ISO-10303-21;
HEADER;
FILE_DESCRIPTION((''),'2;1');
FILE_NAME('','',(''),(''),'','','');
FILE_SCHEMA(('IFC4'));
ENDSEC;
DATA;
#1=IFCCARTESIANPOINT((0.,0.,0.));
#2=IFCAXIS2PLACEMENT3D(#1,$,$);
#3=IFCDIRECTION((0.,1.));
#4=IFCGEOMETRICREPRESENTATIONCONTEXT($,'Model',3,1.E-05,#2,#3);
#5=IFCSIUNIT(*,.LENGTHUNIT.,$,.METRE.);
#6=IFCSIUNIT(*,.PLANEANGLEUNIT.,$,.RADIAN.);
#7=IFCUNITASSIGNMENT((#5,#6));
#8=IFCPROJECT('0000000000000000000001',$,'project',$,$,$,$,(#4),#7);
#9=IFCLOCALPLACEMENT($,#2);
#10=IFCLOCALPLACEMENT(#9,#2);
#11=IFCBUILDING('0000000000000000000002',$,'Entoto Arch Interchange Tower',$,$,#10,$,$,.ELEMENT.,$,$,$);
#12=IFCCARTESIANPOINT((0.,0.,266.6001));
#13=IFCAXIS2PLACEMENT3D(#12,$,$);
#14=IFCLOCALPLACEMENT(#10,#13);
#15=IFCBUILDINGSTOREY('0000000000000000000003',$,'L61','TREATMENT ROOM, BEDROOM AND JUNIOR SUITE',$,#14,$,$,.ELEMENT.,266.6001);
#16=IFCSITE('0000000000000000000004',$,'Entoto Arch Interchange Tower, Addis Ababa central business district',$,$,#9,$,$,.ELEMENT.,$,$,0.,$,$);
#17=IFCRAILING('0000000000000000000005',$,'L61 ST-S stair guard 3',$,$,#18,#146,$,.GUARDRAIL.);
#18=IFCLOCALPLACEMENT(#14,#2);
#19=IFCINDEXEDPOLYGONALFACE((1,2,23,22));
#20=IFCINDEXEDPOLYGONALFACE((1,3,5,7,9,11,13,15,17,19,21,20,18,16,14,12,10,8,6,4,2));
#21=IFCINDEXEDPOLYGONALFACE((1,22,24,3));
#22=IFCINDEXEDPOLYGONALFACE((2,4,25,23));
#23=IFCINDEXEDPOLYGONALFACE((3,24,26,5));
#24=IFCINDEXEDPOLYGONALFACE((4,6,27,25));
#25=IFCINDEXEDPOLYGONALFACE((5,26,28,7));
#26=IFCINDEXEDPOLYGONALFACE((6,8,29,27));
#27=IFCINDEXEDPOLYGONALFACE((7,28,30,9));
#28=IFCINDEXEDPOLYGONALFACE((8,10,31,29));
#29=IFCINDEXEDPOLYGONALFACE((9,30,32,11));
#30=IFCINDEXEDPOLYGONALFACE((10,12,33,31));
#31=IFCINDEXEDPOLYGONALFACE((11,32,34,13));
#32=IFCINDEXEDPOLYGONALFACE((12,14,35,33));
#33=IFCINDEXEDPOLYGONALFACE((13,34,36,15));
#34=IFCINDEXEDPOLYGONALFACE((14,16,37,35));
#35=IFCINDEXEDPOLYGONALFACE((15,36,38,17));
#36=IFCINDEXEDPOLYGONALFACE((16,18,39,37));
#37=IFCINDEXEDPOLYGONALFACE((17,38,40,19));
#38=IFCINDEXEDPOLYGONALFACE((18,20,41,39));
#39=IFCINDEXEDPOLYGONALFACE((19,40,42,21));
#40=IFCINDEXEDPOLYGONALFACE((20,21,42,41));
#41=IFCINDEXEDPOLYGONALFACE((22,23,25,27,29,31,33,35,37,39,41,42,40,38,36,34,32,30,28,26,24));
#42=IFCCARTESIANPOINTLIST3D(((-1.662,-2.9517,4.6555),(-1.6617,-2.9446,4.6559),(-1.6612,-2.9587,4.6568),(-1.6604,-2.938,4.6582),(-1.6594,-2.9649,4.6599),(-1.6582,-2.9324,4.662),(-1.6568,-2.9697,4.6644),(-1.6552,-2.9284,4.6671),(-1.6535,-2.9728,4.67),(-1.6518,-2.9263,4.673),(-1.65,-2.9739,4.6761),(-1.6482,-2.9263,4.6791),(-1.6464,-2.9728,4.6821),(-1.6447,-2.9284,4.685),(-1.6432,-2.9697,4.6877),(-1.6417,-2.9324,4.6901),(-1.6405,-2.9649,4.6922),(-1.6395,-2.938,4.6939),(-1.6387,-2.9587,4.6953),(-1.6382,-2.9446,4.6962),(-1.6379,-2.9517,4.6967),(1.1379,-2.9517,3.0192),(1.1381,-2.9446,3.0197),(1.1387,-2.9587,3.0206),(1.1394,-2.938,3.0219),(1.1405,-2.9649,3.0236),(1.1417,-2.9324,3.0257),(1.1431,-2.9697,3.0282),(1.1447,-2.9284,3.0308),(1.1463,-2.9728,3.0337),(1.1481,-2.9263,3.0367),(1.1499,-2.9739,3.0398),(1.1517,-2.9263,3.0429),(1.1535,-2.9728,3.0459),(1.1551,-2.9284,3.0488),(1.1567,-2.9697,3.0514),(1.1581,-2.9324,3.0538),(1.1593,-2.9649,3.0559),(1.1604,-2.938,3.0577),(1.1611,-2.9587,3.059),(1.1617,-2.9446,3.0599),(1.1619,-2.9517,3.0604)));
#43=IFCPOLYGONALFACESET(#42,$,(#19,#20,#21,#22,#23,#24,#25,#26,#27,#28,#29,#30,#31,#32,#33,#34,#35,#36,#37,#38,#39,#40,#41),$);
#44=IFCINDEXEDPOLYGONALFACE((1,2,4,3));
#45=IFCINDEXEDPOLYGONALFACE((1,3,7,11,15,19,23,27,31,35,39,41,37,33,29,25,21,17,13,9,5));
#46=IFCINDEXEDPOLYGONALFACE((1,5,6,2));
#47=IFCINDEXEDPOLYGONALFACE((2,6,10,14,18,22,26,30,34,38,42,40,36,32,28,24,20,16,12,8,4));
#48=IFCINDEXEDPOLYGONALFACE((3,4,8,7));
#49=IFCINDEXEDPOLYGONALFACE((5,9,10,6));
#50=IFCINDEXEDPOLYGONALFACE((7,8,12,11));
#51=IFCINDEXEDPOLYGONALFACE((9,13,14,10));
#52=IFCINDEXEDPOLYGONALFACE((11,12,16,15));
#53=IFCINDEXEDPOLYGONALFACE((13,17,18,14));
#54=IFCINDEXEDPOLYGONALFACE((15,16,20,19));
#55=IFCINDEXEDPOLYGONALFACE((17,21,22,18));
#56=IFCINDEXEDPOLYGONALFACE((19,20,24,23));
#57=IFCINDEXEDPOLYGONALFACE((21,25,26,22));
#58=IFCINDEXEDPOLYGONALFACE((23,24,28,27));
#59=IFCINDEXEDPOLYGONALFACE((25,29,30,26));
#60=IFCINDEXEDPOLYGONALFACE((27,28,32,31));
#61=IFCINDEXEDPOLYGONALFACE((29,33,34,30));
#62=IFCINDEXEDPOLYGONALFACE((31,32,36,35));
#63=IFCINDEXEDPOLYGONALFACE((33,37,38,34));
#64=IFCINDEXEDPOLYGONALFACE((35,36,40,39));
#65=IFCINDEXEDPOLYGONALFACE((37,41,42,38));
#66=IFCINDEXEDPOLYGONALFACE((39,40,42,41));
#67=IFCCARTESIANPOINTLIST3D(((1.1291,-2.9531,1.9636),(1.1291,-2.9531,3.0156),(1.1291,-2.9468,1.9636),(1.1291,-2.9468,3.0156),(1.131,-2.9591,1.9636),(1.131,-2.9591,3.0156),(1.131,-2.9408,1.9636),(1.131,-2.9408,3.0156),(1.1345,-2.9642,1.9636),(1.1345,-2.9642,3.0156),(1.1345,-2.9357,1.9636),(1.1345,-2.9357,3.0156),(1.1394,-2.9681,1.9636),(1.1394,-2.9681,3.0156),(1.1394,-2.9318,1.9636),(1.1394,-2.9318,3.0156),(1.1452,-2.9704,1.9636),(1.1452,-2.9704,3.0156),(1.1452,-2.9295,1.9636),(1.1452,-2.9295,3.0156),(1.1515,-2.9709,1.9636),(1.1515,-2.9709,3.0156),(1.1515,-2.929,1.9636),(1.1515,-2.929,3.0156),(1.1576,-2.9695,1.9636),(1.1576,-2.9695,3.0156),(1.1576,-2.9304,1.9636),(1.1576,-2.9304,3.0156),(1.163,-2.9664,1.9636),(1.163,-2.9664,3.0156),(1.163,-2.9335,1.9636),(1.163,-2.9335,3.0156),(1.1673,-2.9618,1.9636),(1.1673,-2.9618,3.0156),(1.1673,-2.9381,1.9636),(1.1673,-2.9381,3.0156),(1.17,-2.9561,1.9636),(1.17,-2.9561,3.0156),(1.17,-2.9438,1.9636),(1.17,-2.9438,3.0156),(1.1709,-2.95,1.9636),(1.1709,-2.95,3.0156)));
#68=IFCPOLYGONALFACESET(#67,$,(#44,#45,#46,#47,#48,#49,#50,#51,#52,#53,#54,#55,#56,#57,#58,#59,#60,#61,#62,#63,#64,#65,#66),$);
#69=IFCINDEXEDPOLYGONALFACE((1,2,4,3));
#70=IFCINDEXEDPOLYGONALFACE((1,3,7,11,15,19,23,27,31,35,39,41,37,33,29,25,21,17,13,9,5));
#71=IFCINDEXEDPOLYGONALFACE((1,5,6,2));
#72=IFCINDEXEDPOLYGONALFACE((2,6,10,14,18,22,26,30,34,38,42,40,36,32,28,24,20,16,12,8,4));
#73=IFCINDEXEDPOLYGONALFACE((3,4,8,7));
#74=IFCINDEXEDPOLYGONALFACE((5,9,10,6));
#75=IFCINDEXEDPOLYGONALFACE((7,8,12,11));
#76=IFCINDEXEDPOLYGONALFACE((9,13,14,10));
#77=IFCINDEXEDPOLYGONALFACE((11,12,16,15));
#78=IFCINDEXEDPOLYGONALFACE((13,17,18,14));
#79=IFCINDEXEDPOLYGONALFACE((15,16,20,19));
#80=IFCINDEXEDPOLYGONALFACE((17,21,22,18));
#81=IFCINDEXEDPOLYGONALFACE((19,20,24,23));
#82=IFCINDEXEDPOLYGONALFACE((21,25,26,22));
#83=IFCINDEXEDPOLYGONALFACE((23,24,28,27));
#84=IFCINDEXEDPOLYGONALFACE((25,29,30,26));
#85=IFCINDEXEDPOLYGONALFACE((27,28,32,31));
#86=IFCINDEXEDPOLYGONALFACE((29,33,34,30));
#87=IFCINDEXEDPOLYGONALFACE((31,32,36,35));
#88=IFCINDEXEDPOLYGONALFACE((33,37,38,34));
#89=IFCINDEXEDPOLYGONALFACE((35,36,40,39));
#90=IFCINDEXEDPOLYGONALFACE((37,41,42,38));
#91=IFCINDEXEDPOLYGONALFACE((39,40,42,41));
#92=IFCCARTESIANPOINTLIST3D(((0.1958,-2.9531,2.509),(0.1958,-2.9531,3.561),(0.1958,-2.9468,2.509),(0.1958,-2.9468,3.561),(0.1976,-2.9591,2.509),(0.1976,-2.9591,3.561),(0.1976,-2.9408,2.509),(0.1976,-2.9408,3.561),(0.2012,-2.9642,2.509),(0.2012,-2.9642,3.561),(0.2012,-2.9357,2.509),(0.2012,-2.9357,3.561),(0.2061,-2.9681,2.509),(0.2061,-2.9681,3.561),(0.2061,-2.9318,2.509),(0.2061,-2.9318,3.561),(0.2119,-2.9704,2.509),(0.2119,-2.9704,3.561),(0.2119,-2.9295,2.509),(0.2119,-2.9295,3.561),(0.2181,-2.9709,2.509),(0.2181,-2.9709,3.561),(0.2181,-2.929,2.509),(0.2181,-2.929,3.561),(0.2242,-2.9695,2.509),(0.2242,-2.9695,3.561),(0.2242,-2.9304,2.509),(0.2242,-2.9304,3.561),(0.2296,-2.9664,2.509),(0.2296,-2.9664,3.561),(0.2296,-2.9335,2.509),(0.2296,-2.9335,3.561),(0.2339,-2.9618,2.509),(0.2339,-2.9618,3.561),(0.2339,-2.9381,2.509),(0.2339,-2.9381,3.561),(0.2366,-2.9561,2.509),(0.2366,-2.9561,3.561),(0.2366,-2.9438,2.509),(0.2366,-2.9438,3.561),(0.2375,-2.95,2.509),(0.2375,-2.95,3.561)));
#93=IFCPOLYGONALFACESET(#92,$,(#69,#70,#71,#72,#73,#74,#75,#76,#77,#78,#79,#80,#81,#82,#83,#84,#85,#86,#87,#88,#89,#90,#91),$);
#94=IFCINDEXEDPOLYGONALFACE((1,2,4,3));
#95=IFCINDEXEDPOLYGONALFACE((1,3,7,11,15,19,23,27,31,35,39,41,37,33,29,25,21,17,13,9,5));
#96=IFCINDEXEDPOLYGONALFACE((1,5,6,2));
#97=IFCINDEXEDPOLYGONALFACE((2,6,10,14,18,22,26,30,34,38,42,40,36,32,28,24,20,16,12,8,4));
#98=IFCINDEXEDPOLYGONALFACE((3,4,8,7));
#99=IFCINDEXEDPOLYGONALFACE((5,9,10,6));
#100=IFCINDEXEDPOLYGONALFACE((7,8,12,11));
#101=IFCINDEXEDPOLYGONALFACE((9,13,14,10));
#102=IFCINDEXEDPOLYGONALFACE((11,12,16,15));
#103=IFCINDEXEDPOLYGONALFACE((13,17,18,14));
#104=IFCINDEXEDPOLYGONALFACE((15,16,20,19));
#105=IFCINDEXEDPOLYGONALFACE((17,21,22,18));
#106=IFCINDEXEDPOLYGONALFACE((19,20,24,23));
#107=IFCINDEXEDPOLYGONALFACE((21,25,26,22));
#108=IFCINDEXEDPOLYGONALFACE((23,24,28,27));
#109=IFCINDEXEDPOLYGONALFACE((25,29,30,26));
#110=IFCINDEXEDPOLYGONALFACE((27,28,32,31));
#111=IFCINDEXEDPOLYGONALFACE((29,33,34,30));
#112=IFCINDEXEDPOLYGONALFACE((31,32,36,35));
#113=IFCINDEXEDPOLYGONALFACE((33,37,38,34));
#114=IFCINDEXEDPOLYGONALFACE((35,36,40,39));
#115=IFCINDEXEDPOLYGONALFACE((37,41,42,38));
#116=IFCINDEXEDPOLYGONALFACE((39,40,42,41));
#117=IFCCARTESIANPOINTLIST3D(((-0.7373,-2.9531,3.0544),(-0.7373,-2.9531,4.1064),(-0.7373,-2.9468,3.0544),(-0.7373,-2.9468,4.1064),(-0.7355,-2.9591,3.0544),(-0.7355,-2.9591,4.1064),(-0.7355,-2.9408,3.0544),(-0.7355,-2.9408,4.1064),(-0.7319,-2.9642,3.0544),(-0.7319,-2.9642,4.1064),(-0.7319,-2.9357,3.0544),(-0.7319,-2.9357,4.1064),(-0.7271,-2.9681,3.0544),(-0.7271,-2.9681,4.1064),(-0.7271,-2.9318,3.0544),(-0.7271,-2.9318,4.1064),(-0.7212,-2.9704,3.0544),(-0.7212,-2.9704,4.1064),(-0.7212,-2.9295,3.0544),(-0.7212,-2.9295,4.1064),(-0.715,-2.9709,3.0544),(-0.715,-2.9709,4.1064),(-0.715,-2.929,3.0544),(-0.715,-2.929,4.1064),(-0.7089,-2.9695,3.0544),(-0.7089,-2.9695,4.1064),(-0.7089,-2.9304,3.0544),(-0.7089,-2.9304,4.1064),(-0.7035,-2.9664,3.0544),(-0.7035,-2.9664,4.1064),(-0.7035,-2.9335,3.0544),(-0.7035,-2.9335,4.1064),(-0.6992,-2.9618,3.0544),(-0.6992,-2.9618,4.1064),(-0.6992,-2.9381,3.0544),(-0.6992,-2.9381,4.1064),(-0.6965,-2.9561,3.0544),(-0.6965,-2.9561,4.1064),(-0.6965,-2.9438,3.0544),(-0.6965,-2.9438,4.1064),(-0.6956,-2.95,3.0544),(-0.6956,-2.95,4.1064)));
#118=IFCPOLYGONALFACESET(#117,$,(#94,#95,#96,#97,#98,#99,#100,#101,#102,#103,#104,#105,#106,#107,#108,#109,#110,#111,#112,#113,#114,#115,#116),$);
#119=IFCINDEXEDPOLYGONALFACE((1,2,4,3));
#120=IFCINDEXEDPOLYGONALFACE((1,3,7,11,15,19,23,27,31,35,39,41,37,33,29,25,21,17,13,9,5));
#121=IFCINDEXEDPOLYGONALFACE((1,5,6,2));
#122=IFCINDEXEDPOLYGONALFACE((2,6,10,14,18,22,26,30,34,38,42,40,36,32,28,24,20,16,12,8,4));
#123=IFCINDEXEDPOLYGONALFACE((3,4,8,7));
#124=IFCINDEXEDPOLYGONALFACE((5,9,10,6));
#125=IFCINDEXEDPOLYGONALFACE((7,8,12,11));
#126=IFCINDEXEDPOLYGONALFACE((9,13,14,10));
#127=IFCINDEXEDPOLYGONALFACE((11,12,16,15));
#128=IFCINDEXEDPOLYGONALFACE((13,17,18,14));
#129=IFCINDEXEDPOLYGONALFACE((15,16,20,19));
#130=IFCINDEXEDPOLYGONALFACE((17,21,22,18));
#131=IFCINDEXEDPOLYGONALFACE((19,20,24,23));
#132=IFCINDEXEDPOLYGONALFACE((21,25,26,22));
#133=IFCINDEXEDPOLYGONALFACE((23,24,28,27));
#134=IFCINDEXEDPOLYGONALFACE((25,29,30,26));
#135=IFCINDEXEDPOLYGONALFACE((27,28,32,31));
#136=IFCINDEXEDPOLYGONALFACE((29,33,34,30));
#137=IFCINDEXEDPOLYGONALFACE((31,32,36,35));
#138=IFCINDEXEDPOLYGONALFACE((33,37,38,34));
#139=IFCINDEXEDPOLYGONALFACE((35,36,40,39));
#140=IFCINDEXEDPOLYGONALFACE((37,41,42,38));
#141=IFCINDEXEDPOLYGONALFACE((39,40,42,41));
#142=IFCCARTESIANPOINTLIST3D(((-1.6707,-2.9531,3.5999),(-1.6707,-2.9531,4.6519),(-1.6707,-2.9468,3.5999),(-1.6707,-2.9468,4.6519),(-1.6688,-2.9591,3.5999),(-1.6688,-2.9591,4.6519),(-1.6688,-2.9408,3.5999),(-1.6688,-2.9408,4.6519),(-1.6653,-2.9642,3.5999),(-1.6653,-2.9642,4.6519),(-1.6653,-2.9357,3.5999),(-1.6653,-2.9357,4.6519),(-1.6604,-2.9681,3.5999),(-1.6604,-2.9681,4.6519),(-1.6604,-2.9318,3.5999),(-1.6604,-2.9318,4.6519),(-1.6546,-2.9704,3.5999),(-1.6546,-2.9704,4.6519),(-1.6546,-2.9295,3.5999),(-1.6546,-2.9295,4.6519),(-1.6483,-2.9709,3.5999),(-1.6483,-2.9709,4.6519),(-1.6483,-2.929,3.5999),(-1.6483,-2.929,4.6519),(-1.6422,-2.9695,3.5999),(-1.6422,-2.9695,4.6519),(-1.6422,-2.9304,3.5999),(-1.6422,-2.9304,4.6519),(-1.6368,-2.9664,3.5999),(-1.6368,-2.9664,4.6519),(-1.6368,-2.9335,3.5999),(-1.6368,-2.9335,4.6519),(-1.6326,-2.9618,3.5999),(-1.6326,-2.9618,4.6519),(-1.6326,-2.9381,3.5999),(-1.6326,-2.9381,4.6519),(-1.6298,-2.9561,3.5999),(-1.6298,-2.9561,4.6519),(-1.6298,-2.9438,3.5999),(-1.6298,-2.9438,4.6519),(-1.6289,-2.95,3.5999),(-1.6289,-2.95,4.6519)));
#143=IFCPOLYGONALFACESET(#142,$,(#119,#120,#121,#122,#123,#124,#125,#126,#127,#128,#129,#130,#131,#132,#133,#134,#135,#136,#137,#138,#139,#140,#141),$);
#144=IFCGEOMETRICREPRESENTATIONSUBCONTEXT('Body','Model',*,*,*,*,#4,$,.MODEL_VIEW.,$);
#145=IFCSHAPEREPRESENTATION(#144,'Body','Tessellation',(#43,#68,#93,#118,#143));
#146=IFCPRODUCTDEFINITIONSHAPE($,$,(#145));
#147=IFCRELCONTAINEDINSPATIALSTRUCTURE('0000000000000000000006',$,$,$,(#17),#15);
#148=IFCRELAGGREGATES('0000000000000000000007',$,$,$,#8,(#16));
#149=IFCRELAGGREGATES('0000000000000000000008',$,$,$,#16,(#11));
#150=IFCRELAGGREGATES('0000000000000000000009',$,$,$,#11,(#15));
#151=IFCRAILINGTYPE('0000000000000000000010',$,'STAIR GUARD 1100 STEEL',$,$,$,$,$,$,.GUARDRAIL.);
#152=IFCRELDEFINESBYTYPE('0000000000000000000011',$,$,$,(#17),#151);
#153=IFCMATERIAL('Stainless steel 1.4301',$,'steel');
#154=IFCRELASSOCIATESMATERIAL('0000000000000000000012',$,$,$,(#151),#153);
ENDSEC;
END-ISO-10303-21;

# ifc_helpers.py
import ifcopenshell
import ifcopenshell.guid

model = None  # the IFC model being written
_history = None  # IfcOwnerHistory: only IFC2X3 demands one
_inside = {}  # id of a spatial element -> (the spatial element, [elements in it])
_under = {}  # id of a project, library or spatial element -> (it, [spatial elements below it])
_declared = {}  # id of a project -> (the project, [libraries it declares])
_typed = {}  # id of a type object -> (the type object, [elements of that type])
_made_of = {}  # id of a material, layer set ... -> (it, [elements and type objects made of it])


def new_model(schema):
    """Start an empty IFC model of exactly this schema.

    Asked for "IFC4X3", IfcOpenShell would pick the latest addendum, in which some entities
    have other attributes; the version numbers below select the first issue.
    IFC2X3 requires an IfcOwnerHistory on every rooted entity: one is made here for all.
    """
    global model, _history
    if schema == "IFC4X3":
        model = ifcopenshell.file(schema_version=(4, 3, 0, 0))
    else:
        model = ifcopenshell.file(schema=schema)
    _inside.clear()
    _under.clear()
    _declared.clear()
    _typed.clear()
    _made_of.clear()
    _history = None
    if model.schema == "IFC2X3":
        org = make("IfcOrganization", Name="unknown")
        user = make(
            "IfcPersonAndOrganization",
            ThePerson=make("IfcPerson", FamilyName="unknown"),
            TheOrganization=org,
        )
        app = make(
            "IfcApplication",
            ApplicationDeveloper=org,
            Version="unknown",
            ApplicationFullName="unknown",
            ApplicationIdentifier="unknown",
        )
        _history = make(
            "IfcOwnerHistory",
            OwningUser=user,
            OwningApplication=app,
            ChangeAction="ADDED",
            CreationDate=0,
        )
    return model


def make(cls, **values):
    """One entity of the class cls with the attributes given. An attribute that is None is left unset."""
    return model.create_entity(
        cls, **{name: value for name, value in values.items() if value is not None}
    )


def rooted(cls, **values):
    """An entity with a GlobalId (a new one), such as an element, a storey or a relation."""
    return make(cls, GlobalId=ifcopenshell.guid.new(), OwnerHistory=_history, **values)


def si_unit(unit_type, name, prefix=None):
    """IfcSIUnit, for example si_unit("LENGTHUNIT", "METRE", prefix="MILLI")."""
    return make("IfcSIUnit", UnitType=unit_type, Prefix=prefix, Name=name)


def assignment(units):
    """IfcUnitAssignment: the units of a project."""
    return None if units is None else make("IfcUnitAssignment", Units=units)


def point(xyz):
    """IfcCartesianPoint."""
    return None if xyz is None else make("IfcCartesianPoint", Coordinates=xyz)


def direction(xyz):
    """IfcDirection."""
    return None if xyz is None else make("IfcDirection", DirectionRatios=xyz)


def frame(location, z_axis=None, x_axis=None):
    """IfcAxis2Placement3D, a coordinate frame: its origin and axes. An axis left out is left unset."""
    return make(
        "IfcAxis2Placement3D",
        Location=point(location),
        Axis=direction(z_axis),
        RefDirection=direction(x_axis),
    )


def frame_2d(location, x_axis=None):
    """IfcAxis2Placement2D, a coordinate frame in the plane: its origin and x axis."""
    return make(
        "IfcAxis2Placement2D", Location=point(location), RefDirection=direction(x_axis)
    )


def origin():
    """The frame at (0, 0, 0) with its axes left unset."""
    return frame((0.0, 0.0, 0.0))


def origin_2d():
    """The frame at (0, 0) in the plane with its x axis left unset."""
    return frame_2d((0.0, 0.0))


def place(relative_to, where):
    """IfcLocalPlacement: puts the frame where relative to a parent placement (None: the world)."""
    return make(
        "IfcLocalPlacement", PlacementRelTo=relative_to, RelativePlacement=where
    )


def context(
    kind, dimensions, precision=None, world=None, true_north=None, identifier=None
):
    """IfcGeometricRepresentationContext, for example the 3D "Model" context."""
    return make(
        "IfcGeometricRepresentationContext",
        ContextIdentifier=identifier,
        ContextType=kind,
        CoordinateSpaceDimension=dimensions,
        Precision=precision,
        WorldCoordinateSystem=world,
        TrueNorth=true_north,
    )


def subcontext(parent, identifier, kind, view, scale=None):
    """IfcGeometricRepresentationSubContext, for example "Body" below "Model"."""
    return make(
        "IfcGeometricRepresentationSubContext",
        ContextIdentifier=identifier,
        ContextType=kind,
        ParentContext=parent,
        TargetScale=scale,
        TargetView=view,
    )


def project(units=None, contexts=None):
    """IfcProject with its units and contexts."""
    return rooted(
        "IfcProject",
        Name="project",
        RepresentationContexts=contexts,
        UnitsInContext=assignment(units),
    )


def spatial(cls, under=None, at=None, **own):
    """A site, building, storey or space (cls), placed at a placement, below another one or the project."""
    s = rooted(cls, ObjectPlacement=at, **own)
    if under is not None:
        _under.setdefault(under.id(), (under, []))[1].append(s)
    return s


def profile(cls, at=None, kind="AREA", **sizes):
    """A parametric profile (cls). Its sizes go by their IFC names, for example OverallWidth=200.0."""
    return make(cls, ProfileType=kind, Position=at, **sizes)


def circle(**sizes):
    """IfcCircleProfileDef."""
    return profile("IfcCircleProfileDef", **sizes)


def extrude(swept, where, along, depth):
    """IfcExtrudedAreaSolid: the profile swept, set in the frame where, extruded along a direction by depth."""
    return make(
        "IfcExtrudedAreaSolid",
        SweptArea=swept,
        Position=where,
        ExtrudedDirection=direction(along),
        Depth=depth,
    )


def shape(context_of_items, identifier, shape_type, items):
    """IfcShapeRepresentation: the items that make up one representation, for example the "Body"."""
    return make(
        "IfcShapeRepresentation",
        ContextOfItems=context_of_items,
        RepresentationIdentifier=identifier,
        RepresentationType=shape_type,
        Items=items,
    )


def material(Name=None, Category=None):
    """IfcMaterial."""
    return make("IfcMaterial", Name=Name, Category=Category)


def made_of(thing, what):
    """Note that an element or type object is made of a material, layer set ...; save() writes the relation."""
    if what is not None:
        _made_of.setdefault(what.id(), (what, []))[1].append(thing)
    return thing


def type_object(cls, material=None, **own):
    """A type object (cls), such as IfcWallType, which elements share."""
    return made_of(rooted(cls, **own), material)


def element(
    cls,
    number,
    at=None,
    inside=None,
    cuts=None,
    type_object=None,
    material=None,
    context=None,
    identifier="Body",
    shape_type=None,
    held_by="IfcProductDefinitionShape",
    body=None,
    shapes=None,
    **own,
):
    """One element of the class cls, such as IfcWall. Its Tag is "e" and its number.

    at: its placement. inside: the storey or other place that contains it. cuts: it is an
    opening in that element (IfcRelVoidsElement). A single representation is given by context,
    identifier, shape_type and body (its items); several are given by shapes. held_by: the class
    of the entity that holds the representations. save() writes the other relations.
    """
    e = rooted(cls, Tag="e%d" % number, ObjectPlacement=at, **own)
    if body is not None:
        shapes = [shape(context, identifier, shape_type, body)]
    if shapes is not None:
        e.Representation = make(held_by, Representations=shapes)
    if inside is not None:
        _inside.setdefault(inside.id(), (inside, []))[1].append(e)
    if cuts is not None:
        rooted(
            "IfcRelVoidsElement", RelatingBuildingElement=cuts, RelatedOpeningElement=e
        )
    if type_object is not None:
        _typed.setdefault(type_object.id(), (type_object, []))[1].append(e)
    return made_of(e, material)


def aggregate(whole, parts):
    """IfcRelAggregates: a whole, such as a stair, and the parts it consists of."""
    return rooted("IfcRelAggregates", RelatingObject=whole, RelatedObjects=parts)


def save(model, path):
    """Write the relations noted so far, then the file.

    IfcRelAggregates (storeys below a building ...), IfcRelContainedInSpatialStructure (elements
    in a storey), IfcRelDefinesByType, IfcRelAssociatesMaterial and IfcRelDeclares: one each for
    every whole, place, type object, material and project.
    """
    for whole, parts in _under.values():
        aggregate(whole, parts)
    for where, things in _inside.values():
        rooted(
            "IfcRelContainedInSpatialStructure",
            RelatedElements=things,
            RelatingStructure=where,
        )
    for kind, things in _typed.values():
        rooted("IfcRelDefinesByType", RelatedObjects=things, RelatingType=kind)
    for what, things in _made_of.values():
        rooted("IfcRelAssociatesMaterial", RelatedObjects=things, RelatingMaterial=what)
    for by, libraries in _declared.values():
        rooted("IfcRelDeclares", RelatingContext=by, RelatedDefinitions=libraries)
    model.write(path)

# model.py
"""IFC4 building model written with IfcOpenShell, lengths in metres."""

from ifc_helpers import new_model, si_unit, direction, frame, origin, origin_2d, place, context, subcontext, project, spatial, circle, extrude, material, type_object, element, save


model = new_model("IFC4")

# Units and contexts
model_context = context("Model", 3, precision=1e-05, world=origin(), true_north=direction((0.0, 1.0)))
body_context = subcontext(model_context, "Body", "Model", "MODEL_VIEW")
ifc_project = project(units=[si_unit("LENGTHUNIT", "METRE"), si_unit("PLANEANGLEUNIT", "RADIAN")], contexts=[model_context])

# Site, building, storey
site_placement = place(None, origin())
site = spatial("IfcSite", under=ifc_project, at=site_placement, Name="Entoto Arch Interchange Tower, Addis Ababa central business district", CompositionType="ELEMENT", RefElevation=0.0)
building_placement = place(site_placement, origin())
building = spatial("IfcBuilding", under=site, at=building_placement, Name="Entoto Arch Interchange Tower", CompositionType="ELEMENT")
storey_placement = place(building_placement, frame((0.0, 0.0, 266.6001)))
storey = spatial("IfcBuildingStorey", under=building, at=storey_placement, Name="L61", Description="TREATMENT ROOM, BEDROOM AND JUNIOR SUITE", CompositionType="ELEMENT", Elevation=266.6001)

# Railing
ifc_material_1 = material(Name="Stainless steel 1.4301", Category="steel")
railing_type_1 = type_object("IfcRailingType", Name="STAIR GUARD 1100 STEEL", PredefinedType="GUARDRAIL", material=ifc_material_1)
railing_1_placement = place(storey_placement, frame((1.1499, -2.95, 1.9636)))
element("IfcRailing", 1, at=railing_1_placement, inside=storey, type_object=railing_type_1, Name="L61 ST-S stair guard 3", PredefinedType="GUARDRAIL", context=body_context, shape_type="SweptSolid", body=[
    extrude(circle(Radius=0.0239, at=origin_2d()), frame((0.0, 0.0, 1.0762), z_axis=(-0.863374, 0.0, 0.504564), x_axis=(0.0, -1.0, 0.0)), (0.0, 0.0, 1.0), 3.2429),
    extrude(circle(Radius=0.021, at=origin_2d()), origin(), (0.0, 0.0, 1.0), 1.052),
    extrude(circle(Radius=0.021, at=origin_2d()), frame((-0.9333, 0.0, 0.5454)), (0.0, 0.0, 1.0), 1.052),
    extrude(circle(Radius=0.021, at=origin_2d()), frame((-1.8665, 0.0, 1.0908)), (0.0, 0.0, 1.0), 1.052),
    extrude(circle(Radius=0.021, at=origin_2d()), frame((-2.7998, 0.0, 1.6362)), (0.0, 0.0, 1.0), 1.052),
])

save(model, "model.ifc")
